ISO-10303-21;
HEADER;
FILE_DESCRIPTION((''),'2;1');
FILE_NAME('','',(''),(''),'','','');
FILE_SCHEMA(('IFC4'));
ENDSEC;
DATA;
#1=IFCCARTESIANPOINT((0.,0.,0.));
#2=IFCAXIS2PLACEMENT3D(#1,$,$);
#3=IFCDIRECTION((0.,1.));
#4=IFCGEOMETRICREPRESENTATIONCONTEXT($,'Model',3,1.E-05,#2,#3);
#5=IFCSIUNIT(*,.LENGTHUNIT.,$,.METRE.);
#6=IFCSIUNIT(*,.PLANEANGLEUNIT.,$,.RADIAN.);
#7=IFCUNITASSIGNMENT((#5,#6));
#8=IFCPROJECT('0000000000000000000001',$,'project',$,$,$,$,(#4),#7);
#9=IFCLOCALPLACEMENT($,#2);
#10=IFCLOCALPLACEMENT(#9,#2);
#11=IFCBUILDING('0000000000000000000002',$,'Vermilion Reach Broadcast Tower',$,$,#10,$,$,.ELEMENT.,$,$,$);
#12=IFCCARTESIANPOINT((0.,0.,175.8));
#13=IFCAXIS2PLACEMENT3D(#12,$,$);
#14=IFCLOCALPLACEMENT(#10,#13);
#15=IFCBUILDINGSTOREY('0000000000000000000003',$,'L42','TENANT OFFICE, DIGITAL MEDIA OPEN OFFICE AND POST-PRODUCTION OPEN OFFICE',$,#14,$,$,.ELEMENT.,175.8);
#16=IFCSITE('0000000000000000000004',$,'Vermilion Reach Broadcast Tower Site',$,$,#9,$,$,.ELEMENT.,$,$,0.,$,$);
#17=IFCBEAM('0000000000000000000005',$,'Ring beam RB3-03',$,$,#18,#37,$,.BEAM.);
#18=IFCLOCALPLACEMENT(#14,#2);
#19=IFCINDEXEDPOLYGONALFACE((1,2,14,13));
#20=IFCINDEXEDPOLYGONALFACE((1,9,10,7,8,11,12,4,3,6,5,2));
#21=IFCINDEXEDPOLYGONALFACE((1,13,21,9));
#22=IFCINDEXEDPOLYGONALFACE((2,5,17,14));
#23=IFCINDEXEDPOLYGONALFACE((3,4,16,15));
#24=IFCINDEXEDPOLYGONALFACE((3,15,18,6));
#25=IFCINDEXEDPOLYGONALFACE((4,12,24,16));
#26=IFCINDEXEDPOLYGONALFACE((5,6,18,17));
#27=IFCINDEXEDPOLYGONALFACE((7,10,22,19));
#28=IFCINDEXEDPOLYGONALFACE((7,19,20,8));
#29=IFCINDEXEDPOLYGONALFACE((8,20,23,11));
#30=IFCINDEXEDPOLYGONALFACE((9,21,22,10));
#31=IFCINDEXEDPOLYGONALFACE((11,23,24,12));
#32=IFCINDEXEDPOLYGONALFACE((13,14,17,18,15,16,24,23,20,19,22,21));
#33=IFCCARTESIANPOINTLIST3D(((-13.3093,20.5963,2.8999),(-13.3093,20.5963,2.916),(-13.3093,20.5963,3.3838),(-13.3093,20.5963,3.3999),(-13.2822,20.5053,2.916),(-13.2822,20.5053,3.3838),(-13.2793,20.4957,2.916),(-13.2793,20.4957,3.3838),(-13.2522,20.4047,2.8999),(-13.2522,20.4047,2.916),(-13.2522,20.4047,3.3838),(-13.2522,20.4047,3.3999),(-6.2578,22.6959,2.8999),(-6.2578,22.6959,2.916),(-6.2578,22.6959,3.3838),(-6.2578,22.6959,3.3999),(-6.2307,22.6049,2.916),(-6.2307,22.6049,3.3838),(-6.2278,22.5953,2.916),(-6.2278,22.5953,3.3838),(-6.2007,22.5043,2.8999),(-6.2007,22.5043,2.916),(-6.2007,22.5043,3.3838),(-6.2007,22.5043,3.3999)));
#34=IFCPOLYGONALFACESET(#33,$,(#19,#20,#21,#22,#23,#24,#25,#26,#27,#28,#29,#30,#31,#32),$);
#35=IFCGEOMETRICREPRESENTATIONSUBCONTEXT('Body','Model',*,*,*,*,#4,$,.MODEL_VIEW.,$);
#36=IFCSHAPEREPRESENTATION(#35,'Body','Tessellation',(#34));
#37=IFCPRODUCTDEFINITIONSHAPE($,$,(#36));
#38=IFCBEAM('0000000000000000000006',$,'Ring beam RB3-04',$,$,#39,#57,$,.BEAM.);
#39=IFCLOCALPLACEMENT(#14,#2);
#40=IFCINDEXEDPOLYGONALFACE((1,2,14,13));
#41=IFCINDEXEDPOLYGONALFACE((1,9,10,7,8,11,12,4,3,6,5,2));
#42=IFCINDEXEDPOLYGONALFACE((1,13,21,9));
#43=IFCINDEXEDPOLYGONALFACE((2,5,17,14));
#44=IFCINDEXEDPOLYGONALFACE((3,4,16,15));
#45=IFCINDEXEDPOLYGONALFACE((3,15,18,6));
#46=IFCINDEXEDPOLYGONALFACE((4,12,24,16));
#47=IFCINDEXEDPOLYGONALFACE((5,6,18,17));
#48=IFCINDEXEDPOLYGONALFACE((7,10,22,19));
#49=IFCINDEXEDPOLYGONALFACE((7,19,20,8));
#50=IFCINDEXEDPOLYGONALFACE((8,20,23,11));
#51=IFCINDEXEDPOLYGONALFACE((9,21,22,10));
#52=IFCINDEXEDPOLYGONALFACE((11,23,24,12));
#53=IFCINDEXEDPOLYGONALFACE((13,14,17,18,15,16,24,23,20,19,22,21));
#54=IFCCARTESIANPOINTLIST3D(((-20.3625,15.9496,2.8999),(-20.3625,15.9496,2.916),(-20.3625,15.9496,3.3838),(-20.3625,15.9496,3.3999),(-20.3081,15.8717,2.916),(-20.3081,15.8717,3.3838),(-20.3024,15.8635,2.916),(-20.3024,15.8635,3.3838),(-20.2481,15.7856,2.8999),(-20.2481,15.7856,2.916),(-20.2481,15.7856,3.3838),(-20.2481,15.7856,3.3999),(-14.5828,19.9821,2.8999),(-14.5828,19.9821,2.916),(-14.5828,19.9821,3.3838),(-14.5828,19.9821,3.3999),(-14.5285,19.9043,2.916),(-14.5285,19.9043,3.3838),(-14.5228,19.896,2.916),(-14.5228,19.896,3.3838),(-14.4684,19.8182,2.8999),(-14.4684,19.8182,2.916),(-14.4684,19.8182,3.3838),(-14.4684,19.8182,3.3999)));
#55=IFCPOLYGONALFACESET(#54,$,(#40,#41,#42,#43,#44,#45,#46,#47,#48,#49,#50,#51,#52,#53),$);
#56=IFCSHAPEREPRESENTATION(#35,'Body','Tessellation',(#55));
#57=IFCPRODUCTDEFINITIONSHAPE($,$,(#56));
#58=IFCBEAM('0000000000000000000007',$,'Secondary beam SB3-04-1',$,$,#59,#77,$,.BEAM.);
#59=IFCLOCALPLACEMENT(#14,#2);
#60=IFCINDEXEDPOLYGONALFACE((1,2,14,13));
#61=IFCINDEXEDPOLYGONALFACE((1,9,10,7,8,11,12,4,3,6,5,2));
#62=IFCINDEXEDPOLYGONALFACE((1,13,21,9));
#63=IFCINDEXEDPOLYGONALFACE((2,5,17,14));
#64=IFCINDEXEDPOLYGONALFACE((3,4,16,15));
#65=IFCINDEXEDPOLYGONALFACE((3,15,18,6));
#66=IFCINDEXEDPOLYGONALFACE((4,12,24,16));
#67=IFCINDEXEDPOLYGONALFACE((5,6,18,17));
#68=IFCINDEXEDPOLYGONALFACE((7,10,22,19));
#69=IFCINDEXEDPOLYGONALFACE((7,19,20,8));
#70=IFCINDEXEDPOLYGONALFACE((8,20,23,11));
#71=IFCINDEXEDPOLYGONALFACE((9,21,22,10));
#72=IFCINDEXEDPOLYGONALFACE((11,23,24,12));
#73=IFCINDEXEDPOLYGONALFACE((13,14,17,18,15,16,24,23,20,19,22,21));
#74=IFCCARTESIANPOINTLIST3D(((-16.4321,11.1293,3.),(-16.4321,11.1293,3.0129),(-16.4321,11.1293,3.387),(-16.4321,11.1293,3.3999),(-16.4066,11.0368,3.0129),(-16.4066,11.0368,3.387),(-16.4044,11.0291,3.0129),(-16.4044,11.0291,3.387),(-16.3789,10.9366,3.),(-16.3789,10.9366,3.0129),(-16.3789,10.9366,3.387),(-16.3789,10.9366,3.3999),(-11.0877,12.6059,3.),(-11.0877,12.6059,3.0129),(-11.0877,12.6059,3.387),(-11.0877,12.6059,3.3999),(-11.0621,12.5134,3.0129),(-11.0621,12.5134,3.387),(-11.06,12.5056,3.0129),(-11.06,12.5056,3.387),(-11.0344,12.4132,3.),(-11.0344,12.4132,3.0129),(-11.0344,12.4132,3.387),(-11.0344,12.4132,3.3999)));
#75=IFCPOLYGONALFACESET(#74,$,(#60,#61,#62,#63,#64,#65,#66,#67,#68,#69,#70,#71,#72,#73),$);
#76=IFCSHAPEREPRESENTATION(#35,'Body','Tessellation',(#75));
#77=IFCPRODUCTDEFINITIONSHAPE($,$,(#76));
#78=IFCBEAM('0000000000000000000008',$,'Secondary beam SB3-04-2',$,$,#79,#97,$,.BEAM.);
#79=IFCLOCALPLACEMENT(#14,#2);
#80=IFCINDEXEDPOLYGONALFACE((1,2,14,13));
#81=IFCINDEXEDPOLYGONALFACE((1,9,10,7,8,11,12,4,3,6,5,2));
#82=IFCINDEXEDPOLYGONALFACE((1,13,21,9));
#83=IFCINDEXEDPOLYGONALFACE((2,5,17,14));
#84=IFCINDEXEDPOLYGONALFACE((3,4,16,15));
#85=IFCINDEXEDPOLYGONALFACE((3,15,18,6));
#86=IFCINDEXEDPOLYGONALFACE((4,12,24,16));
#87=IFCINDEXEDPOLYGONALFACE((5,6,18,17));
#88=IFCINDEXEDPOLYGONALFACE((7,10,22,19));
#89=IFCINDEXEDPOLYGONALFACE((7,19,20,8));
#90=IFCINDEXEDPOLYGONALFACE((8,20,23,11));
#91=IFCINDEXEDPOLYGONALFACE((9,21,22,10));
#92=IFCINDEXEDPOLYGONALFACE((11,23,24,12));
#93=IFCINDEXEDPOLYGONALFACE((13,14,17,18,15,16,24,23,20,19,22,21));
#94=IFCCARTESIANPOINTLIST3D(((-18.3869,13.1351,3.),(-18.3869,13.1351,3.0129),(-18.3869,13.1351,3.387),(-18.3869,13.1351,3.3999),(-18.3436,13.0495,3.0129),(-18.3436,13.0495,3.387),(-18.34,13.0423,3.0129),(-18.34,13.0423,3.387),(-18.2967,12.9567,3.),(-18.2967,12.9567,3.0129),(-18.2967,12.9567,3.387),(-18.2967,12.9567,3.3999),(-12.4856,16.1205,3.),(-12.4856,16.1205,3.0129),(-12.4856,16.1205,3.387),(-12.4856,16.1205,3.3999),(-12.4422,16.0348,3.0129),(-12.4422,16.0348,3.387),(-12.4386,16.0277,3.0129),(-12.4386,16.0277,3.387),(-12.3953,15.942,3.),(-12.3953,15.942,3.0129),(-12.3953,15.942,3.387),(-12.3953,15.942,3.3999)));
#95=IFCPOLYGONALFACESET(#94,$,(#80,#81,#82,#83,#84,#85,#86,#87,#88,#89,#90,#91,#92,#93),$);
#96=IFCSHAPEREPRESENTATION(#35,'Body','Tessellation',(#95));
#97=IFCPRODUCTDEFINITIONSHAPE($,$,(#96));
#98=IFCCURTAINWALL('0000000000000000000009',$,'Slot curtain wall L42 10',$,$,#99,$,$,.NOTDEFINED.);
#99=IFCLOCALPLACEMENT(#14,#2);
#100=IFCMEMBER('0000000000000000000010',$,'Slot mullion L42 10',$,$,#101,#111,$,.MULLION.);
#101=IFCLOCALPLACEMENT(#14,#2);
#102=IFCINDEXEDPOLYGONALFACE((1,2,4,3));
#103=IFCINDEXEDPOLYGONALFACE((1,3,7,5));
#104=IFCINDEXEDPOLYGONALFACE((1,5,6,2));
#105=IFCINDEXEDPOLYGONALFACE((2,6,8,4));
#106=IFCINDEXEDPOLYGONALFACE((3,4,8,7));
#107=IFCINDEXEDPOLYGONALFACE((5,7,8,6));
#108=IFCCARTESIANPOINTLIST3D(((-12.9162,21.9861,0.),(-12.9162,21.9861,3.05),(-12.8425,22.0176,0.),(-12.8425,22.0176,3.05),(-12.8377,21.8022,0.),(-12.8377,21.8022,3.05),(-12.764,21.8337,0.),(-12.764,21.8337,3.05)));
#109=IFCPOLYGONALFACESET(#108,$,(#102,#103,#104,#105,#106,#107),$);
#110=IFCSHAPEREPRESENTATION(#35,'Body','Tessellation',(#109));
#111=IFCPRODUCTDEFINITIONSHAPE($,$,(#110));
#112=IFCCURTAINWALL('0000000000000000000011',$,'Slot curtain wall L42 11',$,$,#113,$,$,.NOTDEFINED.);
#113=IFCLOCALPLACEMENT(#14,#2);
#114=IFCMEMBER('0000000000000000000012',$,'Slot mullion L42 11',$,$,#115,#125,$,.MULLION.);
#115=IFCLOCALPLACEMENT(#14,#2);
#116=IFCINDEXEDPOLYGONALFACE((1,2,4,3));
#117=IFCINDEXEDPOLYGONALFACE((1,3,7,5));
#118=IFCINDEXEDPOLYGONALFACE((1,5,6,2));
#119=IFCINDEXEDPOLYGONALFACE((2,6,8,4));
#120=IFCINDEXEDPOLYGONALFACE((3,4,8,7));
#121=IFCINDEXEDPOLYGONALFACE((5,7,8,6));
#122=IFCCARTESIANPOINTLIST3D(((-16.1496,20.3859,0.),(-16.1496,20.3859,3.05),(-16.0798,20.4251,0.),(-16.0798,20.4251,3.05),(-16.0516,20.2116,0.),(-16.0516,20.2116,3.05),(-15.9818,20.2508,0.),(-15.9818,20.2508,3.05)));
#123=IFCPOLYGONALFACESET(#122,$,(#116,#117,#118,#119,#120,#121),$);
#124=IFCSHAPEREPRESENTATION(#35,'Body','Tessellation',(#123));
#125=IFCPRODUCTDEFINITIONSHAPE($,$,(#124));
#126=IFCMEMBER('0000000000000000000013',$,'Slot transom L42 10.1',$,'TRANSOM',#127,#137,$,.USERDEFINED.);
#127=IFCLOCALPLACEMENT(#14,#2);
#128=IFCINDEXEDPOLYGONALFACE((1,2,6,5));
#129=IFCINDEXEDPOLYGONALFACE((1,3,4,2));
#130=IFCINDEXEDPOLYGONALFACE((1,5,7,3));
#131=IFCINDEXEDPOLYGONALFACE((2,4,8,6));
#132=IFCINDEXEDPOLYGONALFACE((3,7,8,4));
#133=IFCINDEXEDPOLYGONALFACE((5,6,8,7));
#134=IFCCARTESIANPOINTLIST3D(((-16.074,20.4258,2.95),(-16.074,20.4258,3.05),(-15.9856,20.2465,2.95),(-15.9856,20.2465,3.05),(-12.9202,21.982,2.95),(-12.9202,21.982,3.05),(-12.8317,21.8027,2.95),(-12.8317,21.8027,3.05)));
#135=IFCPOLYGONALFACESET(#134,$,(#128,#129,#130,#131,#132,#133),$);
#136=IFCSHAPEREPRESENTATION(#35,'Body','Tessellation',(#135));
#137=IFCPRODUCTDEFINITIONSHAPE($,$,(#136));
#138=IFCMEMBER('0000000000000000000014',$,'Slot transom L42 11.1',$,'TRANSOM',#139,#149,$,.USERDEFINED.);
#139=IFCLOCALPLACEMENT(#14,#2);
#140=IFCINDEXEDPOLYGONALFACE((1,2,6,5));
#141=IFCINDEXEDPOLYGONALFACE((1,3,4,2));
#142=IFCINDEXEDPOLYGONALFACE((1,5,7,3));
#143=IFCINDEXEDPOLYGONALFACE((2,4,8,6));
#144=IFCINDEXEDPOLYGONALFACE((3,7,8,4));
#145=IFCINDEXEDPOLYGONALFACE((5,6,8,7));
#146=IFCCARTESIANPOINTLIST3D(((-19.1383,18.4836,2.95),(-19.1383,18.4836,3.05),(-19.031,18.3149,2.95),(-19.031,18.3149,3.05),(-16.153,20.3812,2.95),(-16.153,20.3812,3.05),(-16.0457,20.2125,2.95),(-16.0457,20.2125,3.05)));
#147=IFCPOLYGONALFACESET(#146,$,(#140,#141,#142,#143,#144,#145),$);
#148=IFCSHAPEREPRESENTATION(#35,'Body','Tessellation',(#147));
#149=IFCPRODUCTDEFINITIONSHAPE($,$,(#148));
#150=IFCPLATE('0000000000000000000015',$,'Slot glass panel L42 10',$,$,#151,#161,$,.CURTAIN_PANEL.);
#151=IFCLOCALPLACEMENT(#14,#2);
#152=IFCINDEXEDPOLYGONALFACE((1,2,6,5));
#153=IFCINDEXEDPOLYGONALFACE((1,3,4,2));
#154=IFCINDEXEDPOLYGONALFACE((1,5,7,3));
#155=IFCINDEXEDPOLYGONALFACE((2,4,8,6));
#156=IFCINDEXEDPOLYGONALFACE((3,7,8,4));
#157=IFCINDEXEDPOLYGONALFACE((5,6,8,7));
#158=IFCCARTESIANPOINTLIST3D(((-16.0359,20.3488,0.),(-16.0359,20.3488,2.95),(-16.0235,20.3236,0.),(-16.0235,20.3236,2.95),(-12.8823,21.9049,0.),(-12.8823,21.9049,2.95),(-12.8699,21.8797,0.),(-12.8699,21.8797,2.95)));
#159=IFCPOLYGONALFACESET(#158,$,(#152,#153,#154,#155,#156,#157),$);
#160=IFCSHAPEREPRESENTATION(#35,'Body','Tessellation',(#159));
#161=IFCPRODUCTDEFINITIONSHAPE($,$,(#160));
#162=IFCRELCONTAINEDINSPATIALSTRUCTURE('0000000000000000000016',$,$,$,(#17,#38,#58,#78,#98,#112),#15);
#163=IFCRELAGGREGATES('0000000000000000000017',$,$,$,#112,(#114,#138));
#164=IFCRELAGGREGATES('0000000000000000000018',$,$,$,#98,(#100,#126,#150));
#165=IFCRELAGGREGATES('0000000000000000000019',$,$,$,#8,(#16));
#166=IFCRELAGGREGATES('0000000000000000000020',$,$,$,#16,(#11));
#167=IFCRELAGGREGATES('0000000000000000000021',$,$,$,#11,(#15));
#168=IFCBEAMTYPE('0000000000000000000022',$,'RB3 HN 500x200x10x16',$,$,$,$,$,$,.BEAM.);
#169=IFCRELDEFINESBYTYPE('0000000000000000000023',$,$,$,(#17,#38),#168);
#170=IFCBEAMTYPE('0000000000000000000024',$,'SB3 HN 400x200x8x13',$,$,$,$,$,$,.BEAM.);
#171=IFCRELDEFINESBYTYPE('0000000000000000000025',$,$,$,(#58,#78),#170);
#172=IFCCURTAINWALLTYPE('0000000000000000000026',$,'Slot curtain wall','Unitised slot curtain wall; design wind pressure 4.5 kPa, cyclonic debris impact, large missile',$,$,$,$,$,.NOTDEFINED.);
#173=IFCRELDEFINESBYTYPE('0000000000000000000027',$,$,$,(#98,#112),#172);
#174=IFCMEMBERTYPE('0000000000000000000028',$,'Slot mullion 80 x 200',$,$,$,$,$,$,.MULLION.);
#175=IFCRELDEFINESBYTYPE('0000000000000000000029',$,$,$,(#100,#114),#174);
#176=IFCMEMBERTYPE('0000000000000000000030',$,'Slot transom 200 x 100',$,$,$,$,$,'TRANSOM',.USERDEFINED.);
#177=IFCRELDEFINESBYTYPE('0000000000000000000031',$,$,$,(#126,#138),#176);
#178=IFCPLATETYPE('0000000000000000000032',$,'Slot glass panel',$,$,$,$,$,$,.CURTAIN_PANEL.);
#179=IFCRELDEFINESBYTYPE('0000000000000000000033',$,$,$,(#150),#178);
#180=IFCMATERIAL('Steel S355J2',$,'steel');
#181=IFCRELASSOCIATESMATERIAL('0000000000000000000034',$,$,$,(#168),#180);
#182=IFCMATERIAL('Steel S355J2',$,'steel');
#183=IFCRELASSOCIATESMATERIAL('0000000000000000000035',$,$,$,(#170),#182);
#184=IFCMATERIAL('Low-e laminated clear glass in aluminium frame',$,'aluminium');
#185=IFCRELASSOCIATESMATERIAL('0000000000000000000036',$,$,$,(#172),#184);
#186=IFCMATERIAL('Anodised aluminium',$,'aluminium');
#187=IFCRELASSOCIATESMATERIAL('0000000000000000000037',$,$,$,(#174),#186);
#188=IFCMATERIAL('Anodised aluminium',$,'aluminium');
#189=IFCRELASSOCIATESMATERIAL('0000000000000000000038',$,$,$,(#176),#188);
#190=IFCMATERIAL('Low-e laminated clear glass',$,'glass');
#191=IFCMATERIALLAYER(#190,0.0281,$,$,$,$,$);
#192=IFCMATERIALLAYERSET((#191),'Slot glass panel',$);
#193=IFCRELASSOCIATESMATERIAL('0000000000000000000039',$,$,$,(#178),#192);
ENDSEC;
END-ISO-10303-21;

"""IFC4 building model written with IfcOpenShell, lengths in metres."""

from ifc_helpers import new_model, si_unit, direction, frame, origin, origin_2d, place, context, subcontext, project, spatial, rectangle, i_section, extrude, material, layer, layer_set, material_profile, profile_set, type_object, element, aggregate, save


model = new_model("IFC4")

# Units and contexts
model_context = context("Model", 3, precision=1e-05, world=origin(), true_north=direction((0.0, 1.0)))
body_context = subcontext(model_context, "Body", "Model", "MODEL_VIEW")
ifc_project = project(units=[si_unit("LENGTHUNIT", "METRE"), si_unit("PLANEANGLEUNIT", "RADIAN")], contexts=[model_context])

# Site, building, storey
site_placement = place(None, origin())
site = spatial("IfcSite", under=ifc_project, at=site_placement, Name="Vermilion Reach Broadcast Tower Site", CompositionType="ELEMENT", RefElevation=0.0)
building_placement = place(site_placement, origin())
building = spatial("IfcBuilding", under=site, at=building_placement, Name="Vermilion Reach Broadcast Tower", CompositionType="ELEMENT")
storey_placement = place(building_placement, frame((0.0, 0.0, 175.8)))
storey = spatial("IfcBuildingStorey", under=building, at=storey_placement, Name="L42", Description="TENANT OFFICE, DIGITAL MEDIA OPEN OFFICE AND POST-PRODUCTION OPEN OFFICE", CompositionType="ELEMENT", Elevation=175.8)

# Beams
ifc_material_1 = material(Name="Steel S355J2", Category="steel")
ifc_material_profile_1 = material_profile(ifc_material_1, i_section(OverallWidth=0.2, OverallDepth=0.5, WebThickness=0.01, FlangeThickness=0.0161, at=origin_2d()), Name="S355J2 HN 500x200x10x16")
ifc_profile_set_1 = profile_set([ifc_material_profile_1], Name="Steel S355J2")
beam_type_1 = type_object("IfcBeamType", Name="RB3 HN 500x200x10x16", PredefinedType="BEAM", material=ifc_profile_set_1)
beam_1_placement = place(storey_placement, frame((-6.2292, 22.6001, 3.1499), z_axis=(-0.958417, -0.285372, 0.0), x_axis=(0.285372, -0.958417, 0.0)))
element("IfcBeam", 1, at=beam_1_placement, inside=storey, type_object=beam_type_1, Name="Ring beam RB3-03", PredefinedType="BEAM", context=body_context, shape_type="SweptSolid", body=[
    extrude(i_section(OverallWidth=0.2, OverallDepth=0.5, WebThickness=0.01, FlangeThickness=0.0161, at=origin_2d()), origin(), (0.0, 0.0, 1.0), 7.3574),
])
beam_2_placement = place(storey_placement, frame((-14.5256, 19.9001, 3.1499), z_axis=(-0.820111, -0.572204, 0.0), x_axis=(0.572204, -0.820111, 0.0)))
element("IfcBeam", 2, at=beam_2_placement, inside=storey, type_object=beam_type_1, Name="Ring beam RB3-04", PredefinedType="BEAM", context=body_context, shape_type="SweptSolid", body=[
    extrude(i_section(OverallWidth=0.2, OverallDepth=0.5, WebThickness=0.01, FlangeThickness=0.0161, at=origin_2d()), origin(), (0.0, 0.0, 1.0), 7.0474),
])
ifc_material_2 = material(Name="Steel S355J2", Category="steel")
ifc_material_profile_2 = material_profile(ifc_material_2, i_section(OverallWidth=0.2, OverallDepth=0.3999, WebThickness=0.0081, FlangeThickness=0.0129, at=origin_2d()), Name="S355J2 HN 400x200x8x13")
ifc_profile_set_2 = profile_set([ifc_material_profile_2], Name="Steel S355J2")
beam_type_2 = type_object("IfcBeamType", Name="SB3 HN 400x200x8x13", PredefinedType="BEAM", material=ifc_profile_set_2)
beam_3_placement = place(storey_placement, frame((-11.061, 12.5095, 3.2), z_axis=(-0.96389, -0.266301, 0.0), x_axis=(0.266301, -0.96389, 0.0)))
element("IfcBeam", 3, at=beam_3_placement, inside=storey, type_object=beam_type_2, Name="Secondary beam SB3-04-1", PredefinedType="BEAM", context=body_context, shape_type="SweptSolid", body=[
    extrude(i_section(OverallWidth=0.2, OverallDepth=0.3999, WebThickness=0.0081, FlangeThickness=0.0129, at=origin_2d()), origin(), (0.0, 0.0, 1.0), 5.5447),
])
beam_4_placement = place(storey_placement, frame((-12.4404, 16.0312, 3.2), z_axis=(-0.892321, -0.451402, 0.0), x_axis=(0.451402, -0.892321, 0.0)))
element("IfcBeam", 4, at=beam_4_placement, inside=storey, type_object=beam_type_2, Name="Secondary beam SB3-04-2", PredefinedType="BEAM", context=body_context, shape_type="SweptSolid", body=[
    extrude(i_section(OverallWidth=0.2, OverallDepth=0.3999, WebThickness=0.0081, FlangeThickness=0.0129, at=origin_2d()), origin(), (0.0, 0.0, 1.0), 6.6135),
])

# Curtain walls, members
ifc_material_3 = material(Name="Low-e laminated clear glass in aluminium frame", Category="aluminium")
curtain_wall_type = type_object("IfcCurtainWallType", Name="Slot curtain wall", Description="Unitised slot curtain wall; design wind pressure 4.5 kPa, cyclonic debris impact, large missile", PredefinedType="NOTDEFINED", material=ifc_material_3)
placement = place(storey_placement, origin())
curtain_wall_1 = element("IfcCurtainWall", 5, at=placement, inside=storey, type_object=curtain_wall_type, Name="Slot curtain wall L42 10", PredefinedType="NOTDEFINED")
ifc_material_4 = material(Name="Anodised aluminium", Category="aluminium")
ifc_material_profile_3 = material_profile(ifc_material_4, rectangle(XDim=0.2, YDim=0.0801, at=origin_2d()), Name="Slot mullion 80 x 200")
ifc_profile_set_3 = profile_set([ifc_material_profile_3], Name="Anodised aluminium")
member_type_1 = type_object("IfcMemberType", Name="Slot mullion 80 x 200", PredefinedType="MULLION", material=ifc_profile_set_3)
member_1_placement = place(storey_placement, frame((-12.8401, 21.9099, 0.0), z_axis=(0.0, 0.0, 1.0), x_axis=(0.392642, -0.919691, 0.0)))
member_1 = element("IfcMember", 6, at=member_1_placement, type_object=member_type_1, Name="Slot mullion L42 10", PredefinedType="MULLION", context=body_context, shape_type="SweptSolid", body=[
    extrude(rectangle(XDim=0.2, YDim=0.0801, at=origin_2d()), origin(), (0.0, 0.0, 1.0), 3.05),
])
curtain_wall_2 = element("IfcCurtainWall", 7, at=placement, inside=storey, type_object=curtain_wall_type, Name="Slot curtain wall L42 11", PredefinedType="NOTDEFINED")
member_2_placement = place(storey_placement, frame((-16.0657, 20.3184, 0.0), z_axis=(0.0, 0.0, 1.0), x_axis=(0.490205, -0.871607, 0.0)))
member_2 = element("IfcMember", 8, at=member_2_placement, type_object=member_type_1, Name="Slot mullion L42 11", PredefinedType="MULLION", context=body_context, shape_type="SweptSolid", body=[
    extrude(rectangle(XDim=0.2, YDim=0.0801, at=origin_2d()), origin(), (0.0, 0.0, 1.0), 3.05),
])

# Members
ifc_material_5 = material(Name="Anodised aluminium", Category="aluminium")
ifc_material_profile_4 = material_profile(ifc_material_5, rectangle(XDim=0.2, YDim=0.1001, at=origin_2d()), Name="Slot transom 200 x 100")
ifc_profile_set_4 = profile_set([ifc_material_profile_4], Name="Anodised aluminium")
member_type_2 = type_object("IfcMemberType", Name="Slot transom 200 x 100", ElementType="TRANSOM", PredefinedType="USERDEFINED", material=ifc_profile_set_4)
member_3_placement = place(storey_placement, frame((-12.876, 21.8923, 3.0), z_axis=(-0.896775, -0.442487, 0.0), x_axis=(0.442487, -0.896775, 0.0)))
member_3 = element("IfcMember", 9, at=member_3_placement, type_object=member_type_2, Name="Slot transom L42 10.1", ObjectType="TRANSOM", PredefinedType="USERDEFINED", context=body_context, shape_type="SweptSolid", body=[
    extrude(rectangle(XDim=0.2, YDim=0.1001, at=origin_2d()), origin(), (0.0, 0.0, 1.0), 3.5168),
])
member_4_placement = place(storey_placement, frame((-16.0994, 20.2969, 3.0), z_axis=(-0.843926, -0.53646, 0.0), x_axis=(0.53646, -0.843926, 0.0)))
member_4 = element("IfcMember", 10, at=member_4_placement, type_object=member_type_2, Name="Slot transom L42 11.1", ObjectType="TRANSOM", PredefinedType="USERDEFINED", context=body_context, shape_type="SweptSolid", body=[
    extrude(rectangle(XDim=0.2, YDim=0.1001, at=origin_2d()), origin(), (0.0, 0.0, 1.0), 3.5374),
])
aggregate(curtain_wall_2, [member_2, member_4])

# Plate
ifc_material_6 = material(Name="Low-e laminated clear glass", Category="glass")
ifc_layer_1 = layer(ifc_material_6, 0.0281)
ifc_layer_set_1 = layer_set([ifc_layer_1], Name="Slot glass panel")
plate_type = type_object("IfcPlateType", Name="Slot glass panel", PredefinedType="CURTAIN_PANEL", material=ifc_layer_set_1)
plate_placement = place(storey_placement, frame((-14.4529, 21.1143, 0.0), z_axis=(0.0, 0.0, 1.0), x_axis=(-0.896777, -0.442483, 0.0)))
plate = element("IfcPlate", 11, at=plate_placement, type_object=plate_type, Name="Slot glass panel L42 10", PredefinedType="CURTAIN_PANEL", context=body_context, shape_type="SweptSolid", body=[
    extrude(rectangle(XDim=3.5166, YDim=0.0281, at=origin_2d()), origin(), (0.0, 0.0, 1.0), 2.95),
])
aggregate(curtain_wall_1, [member_1, member_3, plate])

save(model, "model.ifc")
